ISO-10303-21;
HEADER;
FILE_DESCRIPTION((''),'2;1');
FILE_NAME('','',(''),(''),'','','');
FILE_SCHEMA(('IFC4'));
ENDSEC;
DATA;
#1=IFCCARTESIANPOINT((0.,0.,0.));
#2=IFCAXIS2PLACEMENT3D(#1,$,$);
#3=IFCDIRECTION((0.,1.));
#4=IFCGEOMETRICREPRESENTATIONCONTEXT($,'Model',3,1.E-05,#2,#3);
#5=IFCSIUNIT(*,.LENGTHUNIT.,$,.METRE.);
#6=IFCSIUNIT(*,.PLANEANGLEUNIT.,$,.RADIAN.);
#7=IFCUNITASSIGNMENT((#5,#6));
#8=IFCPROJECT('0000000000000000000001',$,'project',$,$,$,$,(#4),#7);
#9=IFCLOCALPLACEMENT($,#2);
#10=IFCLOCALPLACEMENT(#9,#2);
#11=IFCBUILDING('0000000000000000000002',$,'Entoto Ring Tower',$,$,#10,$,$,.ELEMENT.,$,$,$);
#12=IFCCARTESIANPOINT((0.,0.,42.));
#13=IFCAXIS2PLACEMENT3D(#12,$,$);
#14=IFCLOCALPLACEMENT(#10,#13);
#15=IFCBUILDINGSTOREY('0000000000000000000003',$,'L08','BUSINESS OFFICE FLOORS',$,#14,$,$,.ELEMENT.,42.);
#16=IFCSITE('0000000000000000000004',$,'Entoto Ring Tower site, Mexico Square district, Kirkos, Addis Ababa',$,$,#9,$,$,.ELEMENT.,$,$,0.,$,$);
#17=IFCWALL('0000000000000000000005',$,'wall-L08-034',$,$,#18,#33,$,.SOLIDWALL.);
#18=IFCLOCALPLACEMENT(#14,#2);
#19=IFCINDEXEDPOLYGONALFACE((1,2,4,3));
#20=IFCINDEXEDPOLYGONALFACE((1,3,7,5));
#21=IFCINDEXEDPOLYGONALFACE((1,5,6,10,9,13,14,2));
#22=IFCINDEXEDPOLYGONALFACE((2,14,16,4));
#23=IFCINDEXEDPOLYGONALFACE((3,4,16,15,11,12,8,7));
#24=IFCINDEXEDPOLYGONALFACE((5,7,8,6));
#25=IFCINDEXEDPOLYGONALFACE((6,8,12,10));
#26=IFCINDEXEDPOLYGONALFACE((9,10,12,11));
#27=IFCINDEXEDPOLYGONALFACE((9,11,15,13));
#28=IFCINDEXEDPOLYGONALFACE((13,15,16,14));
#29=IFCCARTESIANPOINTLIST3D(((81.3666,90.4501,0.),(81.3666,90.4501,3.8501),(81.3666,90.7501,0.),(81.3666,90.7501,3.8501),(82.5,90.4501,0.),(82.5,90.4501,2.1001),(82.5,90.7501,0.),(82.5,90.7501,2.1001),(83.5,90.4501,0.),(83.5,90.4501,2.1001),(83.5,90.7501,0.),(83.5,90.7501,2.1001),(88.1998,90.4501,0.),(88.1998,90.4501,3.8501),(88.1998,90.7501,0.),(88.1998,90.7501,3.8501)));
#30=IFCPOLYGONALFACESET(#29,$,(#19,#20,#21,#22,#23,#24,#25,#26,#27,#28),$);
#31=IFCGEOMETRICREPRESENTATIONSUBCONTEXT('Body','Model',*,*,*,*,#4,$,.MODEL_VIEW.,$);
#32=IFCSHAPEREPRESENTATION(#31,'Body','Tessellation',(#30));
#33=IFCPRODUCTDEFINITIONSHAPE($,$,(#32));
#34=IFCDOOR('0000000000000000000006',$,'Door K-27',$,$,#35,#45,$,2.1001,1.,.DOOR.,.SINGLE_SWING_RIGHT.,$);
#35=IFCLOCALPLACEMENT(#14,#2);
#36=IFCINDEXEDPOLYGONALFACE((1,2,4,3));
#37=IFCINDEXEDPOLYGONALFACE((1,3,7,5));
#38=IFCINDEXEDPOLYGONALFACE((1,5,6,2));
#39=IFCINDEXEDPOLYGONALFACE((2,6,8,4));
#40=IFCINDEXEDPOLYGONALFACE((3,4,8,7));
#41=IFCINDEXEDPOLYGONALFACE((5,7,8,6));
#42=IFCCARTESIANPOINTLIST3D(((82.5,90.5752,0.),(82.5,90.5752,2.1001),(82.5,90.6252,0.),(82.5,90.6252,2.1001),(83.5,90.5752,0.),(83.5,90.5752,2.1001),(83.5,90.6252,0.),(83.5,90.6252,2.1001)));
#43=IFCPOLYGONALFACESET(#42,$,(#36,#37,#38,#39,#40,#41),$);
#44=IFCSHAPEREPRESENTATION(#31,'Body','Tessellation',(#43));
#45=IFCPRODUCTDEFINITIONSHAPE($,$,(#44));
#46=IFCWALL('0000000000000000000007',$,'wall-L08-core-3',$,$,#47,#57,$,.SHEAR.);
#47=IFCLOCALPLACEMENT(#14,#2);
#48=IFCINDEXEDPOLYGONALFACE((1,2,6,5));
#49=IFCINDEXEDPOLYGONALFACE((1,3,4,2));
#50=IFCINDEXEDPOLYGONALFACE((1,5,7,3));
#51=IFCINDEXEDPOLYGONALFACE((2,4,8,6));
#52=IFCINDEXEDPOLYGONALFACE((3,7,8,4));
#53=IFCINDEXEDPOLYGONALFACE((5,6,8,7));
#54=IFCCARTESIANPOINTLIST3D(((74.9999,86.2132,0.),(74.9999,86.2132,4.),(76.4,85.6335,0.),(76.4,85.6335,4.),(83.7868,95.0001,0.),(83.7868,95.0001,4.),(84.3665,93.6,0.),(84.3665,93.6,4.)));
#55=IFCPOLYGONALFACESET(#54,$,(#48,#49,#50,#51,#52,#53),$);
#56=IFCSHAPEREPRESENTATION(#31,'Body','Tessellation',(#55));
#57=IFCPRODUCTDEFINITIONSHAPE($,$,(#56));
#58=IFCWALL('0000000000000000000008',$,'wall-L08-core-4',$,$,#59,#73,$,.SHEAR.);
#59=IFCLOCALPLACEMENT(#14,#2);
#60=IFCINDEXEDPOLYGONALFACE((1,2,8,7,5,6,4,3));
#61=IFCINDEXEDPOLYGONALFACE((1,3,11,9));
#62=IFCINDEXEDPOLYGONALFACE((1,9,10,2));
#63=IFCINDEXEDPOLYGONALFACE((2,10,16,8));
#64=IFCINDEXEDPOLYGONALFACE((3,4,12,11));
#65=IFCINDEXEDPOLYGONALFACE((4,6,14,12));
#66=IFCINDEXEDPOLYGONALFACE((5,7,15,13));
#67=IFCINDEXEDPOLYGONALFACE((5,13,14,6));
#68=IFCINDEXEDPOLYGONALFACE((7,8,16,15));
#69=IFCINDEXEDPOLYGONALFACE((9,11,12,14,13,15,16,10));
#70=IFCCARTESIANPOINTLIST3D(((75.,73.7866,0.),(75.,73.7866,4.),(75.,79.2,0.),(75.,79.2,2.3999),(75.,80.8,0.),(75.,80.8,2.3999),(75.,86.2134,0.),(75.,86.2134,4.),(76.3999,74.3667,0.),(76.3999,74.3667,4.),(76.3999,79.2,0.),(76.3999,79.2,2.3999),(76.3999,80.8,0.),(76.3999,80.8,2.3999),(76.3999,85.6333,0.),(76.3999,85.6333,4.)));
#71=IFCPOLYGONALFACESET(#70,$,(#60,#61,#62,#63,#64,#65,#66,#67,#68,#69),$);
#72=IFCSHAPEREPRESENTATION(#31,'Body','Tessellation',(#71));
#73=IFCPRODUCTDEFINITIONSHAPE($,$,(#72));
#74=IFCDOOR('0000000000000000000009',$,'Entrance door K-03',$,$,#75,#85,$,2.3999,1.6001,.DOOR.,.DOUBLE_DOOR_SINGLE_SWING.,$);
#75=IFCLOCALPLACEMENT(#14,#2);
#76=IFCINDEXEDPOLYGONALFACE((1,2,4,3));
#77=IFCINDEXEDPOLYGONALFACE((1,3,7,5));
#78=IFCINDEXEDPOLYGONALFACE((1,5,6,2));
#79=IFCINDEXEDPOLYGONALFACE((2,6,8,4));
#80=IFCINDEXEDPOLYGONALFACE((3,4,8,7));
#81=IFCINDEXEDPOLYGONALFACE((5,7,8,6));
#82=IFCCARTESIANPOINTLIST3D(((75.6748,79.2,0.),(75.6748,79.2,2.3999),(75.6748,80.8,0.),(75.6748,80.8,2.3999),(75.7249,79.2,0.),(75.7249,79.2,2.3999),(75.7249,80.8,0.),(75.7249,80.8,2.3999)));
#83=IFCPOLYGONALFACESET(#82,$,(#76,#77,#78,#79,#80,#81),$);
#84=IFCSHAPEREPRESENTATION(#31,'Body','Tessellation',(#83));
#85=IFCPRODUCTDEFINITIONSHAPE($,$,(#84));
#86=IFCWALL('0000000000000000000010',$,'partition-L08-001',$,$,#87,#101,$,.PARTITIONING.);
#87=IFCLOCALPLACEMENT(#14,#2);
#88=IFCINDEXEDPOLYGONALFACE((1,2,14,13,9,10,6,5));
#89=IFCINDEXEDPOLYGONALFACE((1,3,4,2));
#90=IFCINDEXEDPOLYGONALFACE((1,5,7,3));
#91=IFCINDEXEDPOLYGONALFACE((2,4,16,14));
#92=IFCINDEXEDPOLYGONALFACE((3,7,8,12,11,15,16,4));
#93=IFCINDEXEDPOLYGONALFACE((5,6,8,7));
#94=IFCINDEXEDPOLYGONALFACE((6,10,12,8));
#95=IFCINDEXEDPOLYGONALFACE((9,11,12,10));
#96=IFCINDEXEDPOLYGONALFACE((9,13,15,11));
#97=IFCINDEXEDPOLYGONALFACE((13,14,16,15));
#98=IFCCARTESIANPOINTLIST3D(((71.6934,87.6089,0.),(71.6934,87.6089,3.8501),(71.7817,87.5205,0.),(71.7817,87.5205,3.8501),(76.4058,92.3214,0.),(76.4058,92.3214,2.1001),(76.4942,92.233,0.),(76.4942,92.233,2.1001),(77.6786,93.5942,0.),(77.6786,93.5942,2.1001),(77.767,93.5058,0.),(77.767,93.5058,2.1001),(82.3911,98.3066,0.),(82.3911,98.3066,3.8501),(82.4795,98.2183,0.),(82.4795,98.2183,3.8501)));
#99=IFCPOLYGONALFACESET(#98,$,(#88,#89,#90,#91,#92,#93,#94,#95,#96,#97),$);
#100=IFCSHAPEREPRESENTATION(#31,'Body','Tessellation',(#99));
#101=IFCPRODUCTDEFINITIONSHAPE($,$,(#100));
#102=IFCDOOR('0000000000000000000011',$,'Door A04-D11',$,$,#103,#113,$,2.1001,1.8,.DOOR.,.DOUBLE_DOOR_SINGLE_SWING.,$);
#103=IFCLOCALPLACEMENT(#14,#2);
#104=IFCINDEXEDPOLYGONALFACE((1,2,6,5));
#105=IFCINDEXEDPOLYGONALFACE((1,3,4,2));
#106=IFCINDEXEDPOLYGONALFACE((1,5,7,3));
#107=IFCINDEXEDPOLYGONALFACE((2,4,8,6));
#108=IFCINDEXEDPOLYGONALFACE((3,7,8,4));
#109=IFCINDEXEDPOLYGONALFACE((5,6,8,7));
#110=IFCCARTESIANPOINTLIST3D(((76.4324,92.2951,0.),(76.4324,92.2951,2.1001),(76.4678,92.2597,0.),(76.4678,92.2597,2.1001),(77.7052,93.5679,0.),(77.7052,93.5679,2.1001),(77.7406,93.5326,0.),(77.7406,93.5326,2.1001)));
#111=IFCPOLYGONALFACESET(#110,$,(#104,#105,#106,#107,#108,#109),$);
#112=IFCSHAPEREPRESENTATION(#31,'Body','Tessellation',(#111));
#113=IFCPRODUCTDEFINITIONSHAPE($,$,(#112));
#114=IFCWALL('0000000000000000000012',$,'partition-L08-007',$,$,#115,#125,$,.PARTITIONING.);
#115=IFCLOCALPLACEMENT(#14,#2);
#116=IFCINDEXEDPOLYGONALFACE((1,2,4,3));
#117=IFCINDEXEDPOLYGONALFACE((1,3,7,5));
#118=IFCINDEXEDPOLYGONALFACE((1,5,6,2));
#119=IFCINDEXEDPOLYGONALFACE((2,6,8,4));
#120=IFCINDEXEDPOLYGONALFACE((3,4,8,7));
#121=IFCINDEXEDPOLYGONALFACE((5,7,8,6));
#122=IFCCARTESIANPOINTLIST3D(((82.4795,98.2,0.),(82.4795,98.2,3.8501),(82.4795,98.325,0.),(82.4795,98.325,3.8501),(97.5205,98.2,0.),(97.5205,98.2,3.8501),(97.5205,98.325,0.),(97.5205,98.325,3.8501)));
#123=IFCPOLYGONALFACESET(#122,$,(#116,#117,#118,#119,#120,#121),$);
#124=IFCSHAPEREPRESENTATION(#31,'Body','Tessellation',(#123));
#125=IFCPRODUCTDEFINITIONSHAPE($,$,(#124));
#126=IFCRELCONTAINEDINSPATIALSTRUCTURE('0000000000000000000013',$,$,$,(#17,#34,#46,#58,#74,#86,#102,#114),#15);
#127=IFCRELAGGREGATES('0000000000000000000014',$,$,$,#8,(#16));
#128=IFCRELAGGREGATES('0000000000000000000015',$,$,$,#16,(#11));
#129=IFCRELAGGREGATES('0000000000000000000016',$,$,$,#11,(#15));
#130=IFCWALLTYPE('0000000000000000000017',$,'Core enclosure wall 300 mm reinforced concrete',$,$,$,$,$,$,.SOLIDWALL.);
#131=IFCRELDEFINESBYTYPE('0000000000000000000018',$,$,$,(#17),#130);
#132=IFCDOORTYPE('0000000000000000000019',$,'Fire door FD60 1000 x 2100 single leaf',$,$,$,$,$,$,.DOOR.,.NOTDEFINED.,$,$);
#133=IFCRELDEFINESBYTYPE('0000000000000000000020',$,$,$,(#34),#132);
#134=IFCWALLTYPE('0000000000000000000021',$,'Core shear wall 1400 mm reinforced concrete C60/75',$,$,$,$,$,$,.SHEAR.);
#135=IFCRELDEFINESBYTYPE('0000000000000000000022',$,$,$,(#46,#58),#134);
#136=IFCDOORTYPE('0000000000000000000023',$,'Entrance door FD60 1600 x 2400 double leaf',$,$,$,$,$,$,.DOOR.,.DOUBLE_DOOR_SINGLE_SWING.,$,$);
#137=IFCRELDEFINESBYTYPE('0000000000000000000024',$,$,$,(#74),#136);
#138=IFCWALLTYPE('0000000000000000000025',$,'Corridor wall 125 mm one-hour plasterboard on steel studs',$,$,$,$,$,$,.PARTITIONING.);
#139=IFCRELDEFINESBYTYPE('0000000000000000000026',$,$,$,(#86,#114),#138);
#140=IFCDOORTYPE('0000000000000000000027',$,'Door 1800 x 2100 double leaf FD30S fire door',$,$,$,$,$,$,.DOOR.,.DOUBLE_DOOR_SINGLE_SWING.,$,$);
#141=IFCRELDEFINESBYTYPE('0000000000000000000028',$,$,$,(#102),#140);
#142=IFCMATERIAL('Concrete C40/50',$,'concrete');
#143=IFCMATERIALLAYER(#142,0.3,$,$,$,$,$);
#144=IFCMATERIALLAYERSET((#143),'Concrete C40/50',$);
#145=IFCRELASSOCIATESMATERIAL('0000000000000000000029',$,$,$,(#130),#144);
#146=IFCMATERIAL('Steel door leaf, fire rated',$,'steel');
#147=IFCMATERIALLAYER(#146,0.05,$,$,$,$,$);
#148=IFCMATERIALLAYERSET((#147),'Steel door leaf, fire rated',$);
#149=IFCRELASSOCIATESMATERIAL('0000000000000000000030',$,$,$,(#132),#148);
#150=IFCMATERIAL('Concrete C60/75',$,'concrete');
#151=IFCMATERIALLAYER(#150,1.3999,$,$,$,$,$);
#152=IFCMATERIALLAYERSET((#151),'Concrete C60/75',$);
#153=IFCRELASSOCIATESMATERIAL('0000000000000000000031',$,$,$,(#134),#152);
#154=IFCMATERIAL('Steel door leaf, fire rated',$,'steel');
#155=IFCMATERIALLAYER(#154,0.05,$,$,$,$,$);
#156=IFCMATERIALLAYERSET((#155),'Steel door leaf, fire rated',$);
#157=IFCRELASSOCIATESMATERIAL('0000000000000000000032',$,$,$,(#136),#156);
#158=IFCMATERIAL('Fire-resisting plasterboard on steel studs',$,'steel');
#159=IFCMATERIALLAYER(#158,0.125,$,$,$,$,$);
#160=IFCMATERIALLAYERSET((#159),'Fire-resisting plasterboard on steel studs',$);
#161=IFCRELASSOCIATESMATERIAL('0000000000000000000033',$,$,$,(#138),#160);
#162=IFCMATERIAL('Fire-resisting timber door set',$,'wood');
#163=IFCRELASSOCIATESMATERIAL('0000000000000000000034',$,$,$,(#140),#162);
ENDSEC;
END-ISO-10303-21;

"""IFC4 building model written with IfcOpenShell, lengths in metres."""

from ifc_helpers import new_model, si_unit, direction, frame, frame_2d, origin, place, context, subcontext, project, spatial, polyline, rectangle, outline, extrude, material, layer, layer_set, type_object, element, fill, save


model = new_model("IFC4")

# Units and contexts
model_context = context("Model", 3, precision=1e-05, world=origin(), true_north=direction((0.0, 1.0)))
body_context = subcontext(model_context, "Body", "Model", "MODEL_VIEW")
ifc_project = project(units=[si_unit("LENGTHUNIT", "METRE"), si_unit("PLANEANGLEUNIT", "RADIAN")], contexts=[model_context])

# Site, building, storey
site_placement = place(None, origin())
site = spatial("IfcSite", under=ifc_project, at=site_placement, Name="Entoto Ring Tower site, Mexico Square district, Kirkos, Addis Ababa", CompositionType="ELEMENT", RefElevation=0.0)
building_placement = place(site_placement, origin())
building = spatial("IfcBuilding", under=site, at=building_placement, Name="Entoto Ring Tower", CompositionType="ELEMENT")
storey_placement = place(building_placement, frame((0.0, 0.0, 42.0)))
storey = spatial("IfcBuildingStorey", under=building, at=storey_placement, Name="L08", Description="BUSINESS OFFICE FLOORS", CompositionType="ELEMENT", Elevation=42.0)

# Shared definitions
ifc_material_1 = material(Name="Concrete C40/50", Category="concrete")
ifc_layer_1 = layer(ifc_material_1, 0.3)
ifc_layer_set_1 = layer_set([ifc_layer_1], Name="Concrete C40/50")
wall_type_1 = type_object("IfcWallType", Name="Core enclosure wall 300 mm reinforced concrete", PredefinedType="SOLIDWALL", material=ifc_layer_set_1)

# Wall, opening, door
wall_1_placement = place(storey_placement, frame((81.3667, 90.6001, 0.0), z_axis=(0.0, 0.0, 1.0), x_axis=(1.0, 0.0, 0.0)))
wall_1 = element("IfcWall", 1, at=wall_1_placement, inside=storey, type_object=wall_type_1, Name="wall-L08-034", PredefinedType="SOLIDWALL", context=body_context, shape_type="SweptSolid", body=[
    extrude(rectangle(XDim=6.8333, YDim=0.3, at=frame_2d((3.4165, 0.0))), origin(), (0.0, 0.0, 1.0), 3.8501),
])
opening_1_placement = place(wall_1_placement, frame((1.1333, 0.0, 0.0)))
opening_1 = element("IfcOpeningElement", 2, at=opening_1_placement, cuts=wall_1, PredefinedType="OPENING", context=body_context, shape_type="SweptSolid", body=[
    extrude(rectangle(XDim=1.0, YDim=2.1001, at=frame_2d((0.5, 1.05))), frame((0.0, 0.1602, 0.0), z_axis=(0.0, -1.0, 0.0), x_axis=(1.0, 0.0, 0.0)), (0.0, 0.0, 1.0), 0.3201),
])
ifc_material_2 = material(Name="Steel door leaf, fire rated", Category="steel")
ifc_layer_2 = layer(ifc_material_2, 0.05)
ifc_layer_set_2 = layer_set([ifc_layer_2], Name="Steel door leaf, fire rated")
door_type_1 = type_object("IfcDoorType", Name="Fire door FD60 1000 x 2100 single leaf", OperationType="NOTDEFINED", PredefinedType="DOOR", material=ifc_layer_set_2)
door_1_placement = place(opening_1_placement, frame((1.0, 0.0, 0.0), z_axis=(0.0, 0.0, 1.0), x_axis=(-1.0, 0.0, 0.0)))
door_1 = element("IfcDoor", 3, at=door_1_placement, inside=storey, type_object=door_type_1, Name="Door K-27", OperationType="SINGLE_SWING_RIGHT", OverallHeight=2.1001, OverallWidth=1.0, PredefinedType="DOOR", context=body_context, shape_type="SweptSolid", body=[
    extrude(rectangle(XDim=1.0, YDim=2.1001, at=frame_2d((0.5, 1.05))), frame((0.0, 0.0249, 0.0), z_axis=(0.0, -1.0, 0.0), x_axis=(1.0, 0.0, 0.0)), (0.0, 0.0, 1.0), 0.05),
])
fill(opening_1, door_1)

# Wall
ifc_material_3 = material(Name="Concrete C60/75", Category="concrete")
ifc_layer_3 = layer(ifc_material_3, 1.3999)
ifc_layer_set_3 = layer_set([ifc_layer_3], Name="Concrete C60/75")
wall_type_2 = type_object("IfcWallType", Name="Core shear wall 1400 mm reinforced concrete C60/75", PredefinedType="SHEAR", material=ifc_layer_set_3)
wall_2_placement = place(storey_placement, frame((84.0767, 94.3, 0.0), z_axis=(0.0, 0.0, 1.0), x_axis=(-0.707107, -0.707107, 0.0)))
element("IfcWall", 4, at=wall_2_placement, inside=storey, type_object=wall_type_2, Name="wall-L08-core-3", PredefinedType="SHEAR", context=body_context, shape_type="SweptSolid", body=[
    extrude(outline(polyline([(-0.29, -0.7), (12.1365, -0.7), (11.5564, 0.7), (0.29, 0.7), (-0.29, -0.7)])), origin(), (0.0, 0.0, 1.0), 4.0),
])

# Walls, openings, doors
wall_3_placement = place(storey_placement, frame((75.7, 85.9233, 0.0), z_axis=(0.0, 0.0, 1.0), x_axis=(0.0, -1.0, 0.0)))
wall_3 = element("IfcWall", 5, at=wall_3_placement, inside=storey, type_object=wall_type_2, Name="wall-L08-core-4", PredefinedType="SHEAR", context=body_context, shape_type="SweptSolid", body=[
    extrude(outline(polyline([(-0.29, -0.7), (12.1367, -0.7), (11.5566, 0.7), (0.29, 0.7), (-0.29, -0.7)])), origin(), (0.0, 0.0, 1.0), 4.0),
])
opening_2_placement = place(wall_3_placement, frame((5.1233, 0.0, 0.0)))
opening_2 = element("IfcOpeningElement", 6, at=opening_2_placement, cuts=wall_3, PredefinedType="OPENING", context=body_context, shape_type="SweptSolid", body=[
    extrude(rectangle(XDim=1.6001, YDim=2.3999, at=frame_2d((0.8, 1.2))), frame((0.0, 0.71, 0.0), z_axis=(0.0, -1.0, 0.0), x_axis=(1.0, 0.0, 0.0)), (0.0, 0.0, 1.0), 1.4199),
])
ifc_material_4 = material(Name="Steel door leaf, fire rated", Category="steel")
ifc_layer_4 = layer(ifc_material_4, 0.05)
ifc_layer_set_4 = layer_set([ifc_layer_4], Name="Steel door leaf, fire rated")
door_type_2 = type_object("IfcDoorType", Name="Entrance door FD60 1600 x 2400 double leaf", OperationType="DOUBLE_DOOR_SINGLE_SWING", PredefinedType="DOOR", material=ifc_layer_set_4)
door_2_placement = place(opening_2_placement, origin())
door_2 = element("IfcDoor", 7, at=door_2_placement, inside=storey, type_object=door_type_2, Name="Entrance door K-03", OperationType="DOUBLE_DOOR_SINGLE_SWING", OverallHeight=2.3999, OverallWidth=1.6001, PredefinedType="DOOR", context=body_context, shape_type="SweptSolid", body=[
    extrude(rectangle(XDim=1.6001, YDim=2.3999, at=frame_2d((0.8, 1.2))), frame((0.0, 0.0249, 0.0), z_axis=(0.0, -1.0, 0.0), x_axis=(1.0, 0.0, 0.0)), (0.0, 0.0, 1.0), 0.05),
])
fill(opening_2, door_2)
ifc_material_5 = material(Name="Fire-resisting plasterboard on steel studs", Category="steel")
ifc_layer_5 = layer(ifc_material_5, 0.125)
ifc_layer_set_5 = layer_set([ifc_layer_5], Name="Fire-resisting plasterboard on steel studs")
wall_type_3 = type_object("IfcWallType", Name="Corridor wall 125 mm one-hour plasterboard on steel studs", PredefinedType="PARTITIONING", material=ifc_layer_set_5)
wall_4_placement = place(storey_placement, frame((71.7375, 87.5647, 0.0), z_axis=(0.0, 0.0, 1.0), x_axis=(0.707107, 0.707107, 0.0)))
wall_4 = element("IfcWall", 8, at=wall_4_placement, inside=storey, type_object=wall_type_3, Name="partition-L08-001", PredefinedType="PARTITIONING", context=body_context, shape_type="SweptSolid", body=[
    extrude(rectangle(XDim=15.1289, YDim=0.125, at=frame_2d((7.5645, 0.0))), origin(), (0.0, 0.0, 1.0), 3.8501),
])
opening_3_placement = place(wall_4_placement, frame((6.6646, 0.0, 0.0)))
opening_3 = element("IfcOpeningElement", 9, at=opening_3_placement, cuts=wall_4, PredefinedType="OPENING", context=body_context, shape_type="SweptSolid", body=[
    extrude(rectangle(XDim=1.8, YDim=2.1001, at=frame_2d((0.8999, 1.05))), frame((0.0, 0.0725, 0.0), z_axis=(0.0, -1.0, 0.0), x_axis=(1.0, 0.0, 0.0)), (0.0, 0.0, 1.0), 0.145),
])
ifc_material_6 = material(Name="Fire-resisting timber door set", Category="wood")
door_type_3 = type_object("IfcDoorType", Name="Door 1800 x 2100 double leaf FD30S fire door", OperationType="DOUBLE_DOOR_SINGLE_SWING", PredefinedType="DOOR", material=ifc_material_6)
door_3_placement = place(opening_3_placement, frame((1.8, 0.0, 0.0), z_axis=(0.0, 0.0, 1.0), x_axis=(-1.0, 0.0, 0.0)))
door_3 = element("IfcDoor", 10, at=door_3_placement, inside=storey, type_object=door_type_3, Name="Door A04-D11", OperationType="DOUBLE_DOOR_SINGLE_SWING", OverallHeight=2.1001, OverallWidth=1.8, PredefinedType="DOOR", context=body_context, shape_type="SweptSolid", body=[
    extrude(rectangle(XDim=1.8, YDim=2.1001, at=frame_2d((0.8999, 1.05))), frame((0.0, 0.0249, 0.0), z_axis=(0.0, -1.0, 0.0), x_axis=(1.0, 0.0, 0.0)), (0.0, 0.0, 1.0), 0.05),
])
fill(opening_3, door_3)

# Wall
wall_5_placement = place(storey_placement, frame((82.4795, 98.2625, 0.0), z_axis=(0.0, 0.0, 1.0), x_axis=(1.0, 0.0, 0.0)))
element("IfcWall", 11, at=wall_5_placement, inside=storey, type_object=wall_type_3, Name="partition-L08-007", PredefinedType="PARTITIONING", context=body_context, shape_type="SweptSolid", body=[
    extrude(rectangle(XDim=15.041, YDim=0.125, at=frame_2d((7.5205, 0.0))), origin(), (0.0, 0.0, 1.0), 3.8501),
])

save(model, "model.ifc")
